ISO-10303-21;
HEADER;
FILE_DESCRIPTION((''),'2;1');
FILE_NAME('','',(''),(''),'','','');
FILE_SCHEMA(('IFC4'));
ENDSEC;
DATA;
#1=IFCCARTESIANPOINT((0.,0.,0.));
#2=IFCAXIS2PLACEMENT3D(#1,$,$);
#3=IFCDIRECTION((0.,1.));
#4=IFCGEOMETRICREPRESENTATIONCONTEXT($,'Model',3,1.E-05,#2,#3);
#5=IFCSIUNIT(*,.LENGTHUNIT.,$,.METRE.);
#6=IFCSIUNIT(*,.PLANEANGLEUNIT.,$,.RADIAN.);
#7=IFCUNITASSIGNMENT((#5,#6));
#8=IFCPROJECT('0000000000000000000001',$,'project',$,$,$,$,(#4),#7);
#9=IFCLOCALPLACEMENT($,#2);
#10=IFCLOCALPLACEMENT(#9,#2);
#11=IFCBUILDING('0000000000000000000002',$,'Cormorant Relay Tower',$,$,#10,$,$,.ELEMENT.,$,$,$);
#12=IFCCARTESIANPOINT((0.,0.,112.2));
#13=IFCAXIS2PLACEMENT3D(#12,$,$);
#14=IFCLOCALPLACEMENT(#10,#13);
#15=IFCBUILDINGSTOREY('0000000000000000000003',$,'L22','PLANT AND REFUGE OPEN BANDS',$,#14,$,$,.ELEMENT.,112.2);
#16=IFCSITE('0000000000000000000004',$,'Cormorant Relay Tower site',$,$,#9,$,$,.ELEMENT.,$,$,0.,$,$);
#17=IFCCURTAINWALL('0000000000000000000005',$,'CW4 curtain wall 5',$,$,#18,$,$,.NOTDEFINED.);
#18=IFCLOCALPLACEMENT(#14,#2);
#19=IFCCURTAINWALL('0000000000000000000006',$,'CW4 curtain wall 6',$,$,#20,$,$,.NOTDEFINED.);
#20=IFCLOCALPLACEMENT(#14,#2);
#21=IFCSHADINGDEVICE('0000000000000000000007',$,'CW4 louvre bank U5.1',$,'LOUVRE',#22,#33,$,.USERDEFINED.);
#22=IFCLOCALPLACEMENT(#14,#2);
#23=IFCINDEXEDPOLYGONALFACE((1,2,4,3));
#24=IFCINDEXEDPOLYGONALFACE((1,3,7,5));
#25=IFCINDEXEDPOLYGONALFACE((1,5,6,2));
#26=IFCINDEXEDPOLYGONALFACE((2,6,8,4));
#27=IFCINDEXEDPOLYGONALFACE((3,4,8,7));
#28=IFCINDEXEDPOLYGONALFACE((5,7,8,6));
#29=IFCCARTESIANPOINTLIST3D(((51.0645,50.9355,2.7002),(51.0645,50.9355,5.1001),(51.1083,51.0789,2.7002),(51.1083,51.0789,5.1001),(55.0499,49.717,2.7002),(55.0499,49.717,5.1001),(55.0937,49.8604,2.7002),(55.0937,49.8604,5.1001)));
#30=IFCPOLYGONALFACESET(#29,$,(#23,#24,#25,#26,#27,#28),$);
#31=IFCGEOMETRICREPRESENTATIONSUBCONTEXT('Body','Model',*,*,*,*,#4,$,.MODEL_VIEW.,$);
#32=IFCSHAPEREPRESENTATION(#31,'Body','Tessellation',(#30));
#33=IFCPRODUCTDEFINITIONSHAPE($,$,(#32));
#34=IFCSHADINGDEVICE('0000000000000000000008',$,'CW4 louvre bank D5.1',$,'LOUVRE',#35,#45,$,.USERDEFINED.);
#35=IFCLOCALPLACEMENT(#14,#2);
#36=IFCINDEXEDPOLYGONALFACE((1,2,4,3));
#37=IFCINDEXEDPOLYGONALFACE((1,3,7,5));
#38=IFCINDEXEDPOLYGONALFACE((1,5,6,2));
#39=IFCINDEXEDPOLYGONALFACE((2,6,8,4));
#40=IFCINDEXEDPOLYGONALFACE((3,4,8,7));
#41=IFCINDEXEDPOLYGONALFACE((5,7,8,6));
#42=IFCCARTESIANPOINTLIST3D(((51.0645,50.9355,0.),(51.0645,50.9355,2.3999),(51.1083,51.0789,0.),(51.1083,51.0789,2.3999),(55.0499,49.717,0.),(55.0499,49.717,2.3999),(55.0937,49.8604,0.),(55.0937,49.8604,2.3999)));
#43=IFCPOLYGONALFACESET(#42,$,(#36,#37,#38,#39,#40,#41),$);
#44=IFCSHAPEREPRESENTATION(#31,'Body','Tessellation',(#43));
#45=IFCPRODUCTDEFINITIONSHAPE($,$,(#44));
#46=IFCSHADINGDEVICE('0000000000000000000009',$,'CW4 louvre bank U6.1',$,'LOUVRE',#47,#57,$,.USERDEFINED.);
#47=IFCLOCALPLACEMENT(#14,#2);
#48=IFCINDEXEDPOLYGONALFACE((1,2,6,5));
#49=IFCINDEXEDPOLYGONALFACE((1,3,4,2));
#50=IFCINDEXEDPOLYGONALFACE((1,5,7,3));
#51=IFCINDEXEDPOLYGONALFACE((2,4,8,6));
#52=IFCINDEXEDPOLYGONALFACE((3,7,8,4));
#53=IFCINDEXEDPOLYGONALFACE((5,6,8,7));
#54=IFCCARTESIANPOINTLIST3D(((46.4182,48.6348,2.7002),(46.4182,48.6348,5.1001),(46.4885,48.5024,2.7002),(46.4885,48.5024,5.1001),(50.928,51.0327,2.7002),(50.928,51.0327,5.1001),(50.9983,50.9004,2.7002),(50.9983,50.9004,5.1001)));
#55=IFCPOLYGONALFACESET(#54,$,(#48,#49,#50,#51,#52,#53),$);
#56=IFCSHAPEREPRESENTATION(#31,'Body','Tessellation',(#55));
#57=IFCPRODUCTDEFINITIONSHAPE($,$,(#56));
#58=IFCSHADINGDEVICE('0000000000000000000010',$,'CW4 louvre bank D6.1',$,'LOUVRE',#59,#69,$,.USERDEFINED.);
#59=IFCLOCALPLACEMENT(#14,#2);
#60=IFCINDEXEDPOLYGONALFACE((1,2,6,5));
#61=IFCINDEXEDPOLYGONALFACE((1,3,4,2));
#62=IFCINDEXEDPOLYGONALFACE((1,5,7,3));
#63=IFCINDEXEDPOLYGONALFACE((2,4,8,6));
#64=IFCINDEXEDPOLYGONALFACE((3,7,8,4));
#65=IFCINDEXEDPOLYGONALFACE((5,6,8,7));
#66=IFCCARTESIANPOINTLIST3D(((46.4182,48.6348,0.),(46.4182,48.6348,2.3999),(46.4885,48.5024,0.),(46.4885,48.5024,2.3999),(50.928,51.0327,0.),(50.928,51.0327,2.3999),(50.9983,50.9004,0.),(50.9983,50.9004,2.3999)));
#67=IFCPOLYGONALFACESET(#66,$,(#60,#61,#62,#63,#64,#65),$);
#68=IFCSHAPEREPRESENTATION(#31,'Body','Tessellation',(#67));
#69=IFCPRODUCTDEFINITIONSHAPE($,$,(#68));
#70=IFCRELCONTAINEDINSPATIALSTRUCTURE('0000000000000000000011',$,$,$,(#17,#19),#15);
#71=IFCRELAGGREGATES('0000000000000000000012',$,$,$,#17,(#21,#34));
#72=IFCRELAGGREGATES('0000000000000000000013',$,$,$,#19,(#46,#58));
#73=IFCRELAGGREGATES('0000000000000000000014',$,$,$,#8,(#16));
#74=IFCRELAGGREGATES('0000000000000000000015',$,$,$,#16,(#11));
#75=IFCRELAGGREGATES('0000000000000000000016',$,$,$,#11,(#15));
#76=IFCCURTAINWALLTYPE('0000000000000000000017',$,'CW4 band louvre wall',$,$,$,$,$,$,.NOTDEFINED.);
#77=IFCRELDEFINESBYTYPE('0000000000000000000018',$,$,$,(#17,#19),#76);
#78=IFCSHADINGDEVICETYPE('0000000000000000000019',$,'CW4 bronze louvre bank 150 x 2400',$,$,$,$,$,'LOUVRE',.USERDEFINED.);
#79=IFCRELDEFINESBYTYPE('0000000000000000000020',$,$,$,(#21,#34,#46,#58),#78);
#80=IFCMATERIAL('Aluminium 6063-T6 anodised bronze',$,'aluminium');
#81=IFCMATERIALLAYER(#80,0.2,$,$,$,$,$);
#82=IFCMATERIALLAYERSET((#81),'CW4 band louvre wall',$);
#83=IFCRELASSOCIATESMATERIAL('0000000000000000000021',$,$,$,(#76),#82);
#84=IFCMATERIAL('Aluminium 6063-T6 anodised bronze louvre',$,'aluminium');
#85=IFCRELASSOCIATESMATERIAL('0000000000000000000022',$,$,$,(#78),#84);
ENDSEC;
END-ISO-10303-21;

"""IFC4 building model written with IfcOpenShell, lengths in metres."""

from ifc_helpers import new_model, si_unit, direction, frame, origin, origin_2d, place, context, subcontext, project, spatial, rectangle, extrude, material, layer, layer_set, type_object, element, aggregate, save


model = new_model("IFC4")

# Units and contexts
model_context = context("Model", 3, precision=1e-05, world=origin(), true_north=direction((0.0, 1.0)))
body_context = subcontext(model_context, "Body", "Model", "MODEL_VIEW")
ifc_project = project(units=[si_unit("LENGTHUNIT", "METRE"), si_unit("PLANEANGLEUNIT", "RADIAN")], contexts=[model_context])

# Site, building, storey
site_placement = place(None, origin())
site = spatial("IfcSite", under=ifc_project, at=site_placement, Name="Cormorant Relay Tower site", CompositionType="ELEMENT", RefElevation=0.0)
building_placement = place(site_placement, origin())
building = spatial("IfcBuilding", under=site, at=building_placement, Name="Cormorant Relay Tower", CompositionType="ELEMENT")
storey_placement = place(building_placement, frame((0.0, 0.0, 112.2)))
storey = spatial("IfcBuildingStorey", under=building, at=storey_placement, Name="L22", Description="PLANT AND REFUGE OPEN BANDS", CompositionType="ELEMENT", Elevation=112.2)

# Shared definitions
ifc_material_1 = material(Name="Aluminium 6063-T6 anodised bronze", Category="aluminium")
ifc_layer_1 = layer(ifc_material_1, 0.2)
ifc_layer_set_1 = layer_set([ifc_layer_1], Name="CW4 band louvre wall")
curtain_wall_type = type_object("IfcCurtainWallType", Name="CW4 band louvre wall", PredefinedType="NOTDEFINED", material=ifc_layer_set_1)

# Curtain wall
curtain_wall_1_placement = place(storey_placement, origin())
curtain_wall_1 = element("IfcCurtainWall", 1, at=curtain_wall_1_placement, inside=storey, type_object=curtain_wall_type, Name="CW4 curtain wall 5", PredefinedType="NOTDEFINED")

# Curtain wall
curtain_wall_2_placement = place(storey_placement, origin())
curtain_wall_2 = element("IfcCurtainWall", 2, at=curtain_wall_2_placement, inside=storey, type_object=curtain_wall_type, Name="CW4 curtain wall 6", PredefinedType="NOTDEFINED")

# Shading devices
ifc_material_2 = material(Name="Aluminium 6063-T6 anodised bronze louvre", Category="aluminium")
shading_device_type = type_object("IfcShadingDeviceType", Name="CW4 bronze louvre bank 150 x 2400", ElementType="LOUVRE", PredefinedType="USERDEFINED", material=ifc_material_2)
shading_device_1_placement = place(storey_placement, frame((53.0791, 50.3979, 2.7002), z_axis=(0.0, 0.0, 1.0), x_axis=(-0.956305, 0.292372, 0.0)))
shading_device_1 = element("IfcShadingDevice", 3, at=shading_device_1_placement, type_object=shading_device_type, Name="CW4 louvre bank U5.1", ObjectType="LOUVRE", PredefinedType="USERDEFINED", context=body_context, shape_type="SweptSolid", body=[
    extrude(rectangle(XDim=4.1675, YDim=0.1499, at=origin_2d()), origin(), (0.0, 0.0, 1.0), 2.3999),
])
shading_device_2_placement = place(storey_placement, frame((53.0791, 50.3979, 0.0), z_axis=(0.0, 0.0, 1.0), x_axis=(-0.956305, 0.292372, 0.0)))
shading_device_2 = element("IfcShadingDevice", 4, at=shading_device_2_placement, type_object=shading_device_type, Name="CW4 louvre bank D5.1", ObjectType="LOUVRE", PredefinedType="USERDEFINED", context=body_context, shape_type="SweptSolid", body=[
    extrude(rectangle(XDim=4.1675, YDim=0.1499, at=origin_2d()), origin(), (0.0, 0.0, 1.0), 2.3999),
])
aggregate(curtain_wall_1, [shading_device_1, shading_device_2])
shading_device_3_placement = place(storey_placement, frame((48.7083, 49.7676, 2.7002), z_axis=(0.0, 0.0, 1.0), x_axis=(-0.882948, -0.469472, 0.0)))
shading_device_3 = element("IfcShadingDevice", 5, at=shading_device_3_placement, type_object=shading_device_type, Name="CW4 louvre bank U6.1", ObjectType="LOUVRE", PredefinedType="USERDEFINED", context=body_context, shape_type="SweptSolid", body=[
    extrude(rectangle(XDim=5.1077, YDim=0.1499, at=origin_2d()), origin(), (0.0, 0.0, 1.0), 2.3999),
])
shading_device_4_placement = place(storey_placement, frame((48.7083, 49.7676, 0.0), z_axis=(0.0, 0.0, 1.0), x_axis=(-0.882948, -0.469472, 0.0)))
shading_device_4 = element("IfcShadingDevice", 6, at=shading_device_4_placement, type_object=shading_device_type, Name="CW4 louvre bank D6.1", ObjectType="LOUVRE", PredefinedType="USERDEFINED", context=body_context, shape_type="SweptSolid", body=[
    extrude(rectangle(XDim=5.1077, YDim=0.1499, at=origin_2d()), origin(), (0.0, 0.0, 1.0), 2.3999),
])
aggregate(curtain_wall_2, [shading_device_3, shading_device_4])

save(model, "model.ifc")
